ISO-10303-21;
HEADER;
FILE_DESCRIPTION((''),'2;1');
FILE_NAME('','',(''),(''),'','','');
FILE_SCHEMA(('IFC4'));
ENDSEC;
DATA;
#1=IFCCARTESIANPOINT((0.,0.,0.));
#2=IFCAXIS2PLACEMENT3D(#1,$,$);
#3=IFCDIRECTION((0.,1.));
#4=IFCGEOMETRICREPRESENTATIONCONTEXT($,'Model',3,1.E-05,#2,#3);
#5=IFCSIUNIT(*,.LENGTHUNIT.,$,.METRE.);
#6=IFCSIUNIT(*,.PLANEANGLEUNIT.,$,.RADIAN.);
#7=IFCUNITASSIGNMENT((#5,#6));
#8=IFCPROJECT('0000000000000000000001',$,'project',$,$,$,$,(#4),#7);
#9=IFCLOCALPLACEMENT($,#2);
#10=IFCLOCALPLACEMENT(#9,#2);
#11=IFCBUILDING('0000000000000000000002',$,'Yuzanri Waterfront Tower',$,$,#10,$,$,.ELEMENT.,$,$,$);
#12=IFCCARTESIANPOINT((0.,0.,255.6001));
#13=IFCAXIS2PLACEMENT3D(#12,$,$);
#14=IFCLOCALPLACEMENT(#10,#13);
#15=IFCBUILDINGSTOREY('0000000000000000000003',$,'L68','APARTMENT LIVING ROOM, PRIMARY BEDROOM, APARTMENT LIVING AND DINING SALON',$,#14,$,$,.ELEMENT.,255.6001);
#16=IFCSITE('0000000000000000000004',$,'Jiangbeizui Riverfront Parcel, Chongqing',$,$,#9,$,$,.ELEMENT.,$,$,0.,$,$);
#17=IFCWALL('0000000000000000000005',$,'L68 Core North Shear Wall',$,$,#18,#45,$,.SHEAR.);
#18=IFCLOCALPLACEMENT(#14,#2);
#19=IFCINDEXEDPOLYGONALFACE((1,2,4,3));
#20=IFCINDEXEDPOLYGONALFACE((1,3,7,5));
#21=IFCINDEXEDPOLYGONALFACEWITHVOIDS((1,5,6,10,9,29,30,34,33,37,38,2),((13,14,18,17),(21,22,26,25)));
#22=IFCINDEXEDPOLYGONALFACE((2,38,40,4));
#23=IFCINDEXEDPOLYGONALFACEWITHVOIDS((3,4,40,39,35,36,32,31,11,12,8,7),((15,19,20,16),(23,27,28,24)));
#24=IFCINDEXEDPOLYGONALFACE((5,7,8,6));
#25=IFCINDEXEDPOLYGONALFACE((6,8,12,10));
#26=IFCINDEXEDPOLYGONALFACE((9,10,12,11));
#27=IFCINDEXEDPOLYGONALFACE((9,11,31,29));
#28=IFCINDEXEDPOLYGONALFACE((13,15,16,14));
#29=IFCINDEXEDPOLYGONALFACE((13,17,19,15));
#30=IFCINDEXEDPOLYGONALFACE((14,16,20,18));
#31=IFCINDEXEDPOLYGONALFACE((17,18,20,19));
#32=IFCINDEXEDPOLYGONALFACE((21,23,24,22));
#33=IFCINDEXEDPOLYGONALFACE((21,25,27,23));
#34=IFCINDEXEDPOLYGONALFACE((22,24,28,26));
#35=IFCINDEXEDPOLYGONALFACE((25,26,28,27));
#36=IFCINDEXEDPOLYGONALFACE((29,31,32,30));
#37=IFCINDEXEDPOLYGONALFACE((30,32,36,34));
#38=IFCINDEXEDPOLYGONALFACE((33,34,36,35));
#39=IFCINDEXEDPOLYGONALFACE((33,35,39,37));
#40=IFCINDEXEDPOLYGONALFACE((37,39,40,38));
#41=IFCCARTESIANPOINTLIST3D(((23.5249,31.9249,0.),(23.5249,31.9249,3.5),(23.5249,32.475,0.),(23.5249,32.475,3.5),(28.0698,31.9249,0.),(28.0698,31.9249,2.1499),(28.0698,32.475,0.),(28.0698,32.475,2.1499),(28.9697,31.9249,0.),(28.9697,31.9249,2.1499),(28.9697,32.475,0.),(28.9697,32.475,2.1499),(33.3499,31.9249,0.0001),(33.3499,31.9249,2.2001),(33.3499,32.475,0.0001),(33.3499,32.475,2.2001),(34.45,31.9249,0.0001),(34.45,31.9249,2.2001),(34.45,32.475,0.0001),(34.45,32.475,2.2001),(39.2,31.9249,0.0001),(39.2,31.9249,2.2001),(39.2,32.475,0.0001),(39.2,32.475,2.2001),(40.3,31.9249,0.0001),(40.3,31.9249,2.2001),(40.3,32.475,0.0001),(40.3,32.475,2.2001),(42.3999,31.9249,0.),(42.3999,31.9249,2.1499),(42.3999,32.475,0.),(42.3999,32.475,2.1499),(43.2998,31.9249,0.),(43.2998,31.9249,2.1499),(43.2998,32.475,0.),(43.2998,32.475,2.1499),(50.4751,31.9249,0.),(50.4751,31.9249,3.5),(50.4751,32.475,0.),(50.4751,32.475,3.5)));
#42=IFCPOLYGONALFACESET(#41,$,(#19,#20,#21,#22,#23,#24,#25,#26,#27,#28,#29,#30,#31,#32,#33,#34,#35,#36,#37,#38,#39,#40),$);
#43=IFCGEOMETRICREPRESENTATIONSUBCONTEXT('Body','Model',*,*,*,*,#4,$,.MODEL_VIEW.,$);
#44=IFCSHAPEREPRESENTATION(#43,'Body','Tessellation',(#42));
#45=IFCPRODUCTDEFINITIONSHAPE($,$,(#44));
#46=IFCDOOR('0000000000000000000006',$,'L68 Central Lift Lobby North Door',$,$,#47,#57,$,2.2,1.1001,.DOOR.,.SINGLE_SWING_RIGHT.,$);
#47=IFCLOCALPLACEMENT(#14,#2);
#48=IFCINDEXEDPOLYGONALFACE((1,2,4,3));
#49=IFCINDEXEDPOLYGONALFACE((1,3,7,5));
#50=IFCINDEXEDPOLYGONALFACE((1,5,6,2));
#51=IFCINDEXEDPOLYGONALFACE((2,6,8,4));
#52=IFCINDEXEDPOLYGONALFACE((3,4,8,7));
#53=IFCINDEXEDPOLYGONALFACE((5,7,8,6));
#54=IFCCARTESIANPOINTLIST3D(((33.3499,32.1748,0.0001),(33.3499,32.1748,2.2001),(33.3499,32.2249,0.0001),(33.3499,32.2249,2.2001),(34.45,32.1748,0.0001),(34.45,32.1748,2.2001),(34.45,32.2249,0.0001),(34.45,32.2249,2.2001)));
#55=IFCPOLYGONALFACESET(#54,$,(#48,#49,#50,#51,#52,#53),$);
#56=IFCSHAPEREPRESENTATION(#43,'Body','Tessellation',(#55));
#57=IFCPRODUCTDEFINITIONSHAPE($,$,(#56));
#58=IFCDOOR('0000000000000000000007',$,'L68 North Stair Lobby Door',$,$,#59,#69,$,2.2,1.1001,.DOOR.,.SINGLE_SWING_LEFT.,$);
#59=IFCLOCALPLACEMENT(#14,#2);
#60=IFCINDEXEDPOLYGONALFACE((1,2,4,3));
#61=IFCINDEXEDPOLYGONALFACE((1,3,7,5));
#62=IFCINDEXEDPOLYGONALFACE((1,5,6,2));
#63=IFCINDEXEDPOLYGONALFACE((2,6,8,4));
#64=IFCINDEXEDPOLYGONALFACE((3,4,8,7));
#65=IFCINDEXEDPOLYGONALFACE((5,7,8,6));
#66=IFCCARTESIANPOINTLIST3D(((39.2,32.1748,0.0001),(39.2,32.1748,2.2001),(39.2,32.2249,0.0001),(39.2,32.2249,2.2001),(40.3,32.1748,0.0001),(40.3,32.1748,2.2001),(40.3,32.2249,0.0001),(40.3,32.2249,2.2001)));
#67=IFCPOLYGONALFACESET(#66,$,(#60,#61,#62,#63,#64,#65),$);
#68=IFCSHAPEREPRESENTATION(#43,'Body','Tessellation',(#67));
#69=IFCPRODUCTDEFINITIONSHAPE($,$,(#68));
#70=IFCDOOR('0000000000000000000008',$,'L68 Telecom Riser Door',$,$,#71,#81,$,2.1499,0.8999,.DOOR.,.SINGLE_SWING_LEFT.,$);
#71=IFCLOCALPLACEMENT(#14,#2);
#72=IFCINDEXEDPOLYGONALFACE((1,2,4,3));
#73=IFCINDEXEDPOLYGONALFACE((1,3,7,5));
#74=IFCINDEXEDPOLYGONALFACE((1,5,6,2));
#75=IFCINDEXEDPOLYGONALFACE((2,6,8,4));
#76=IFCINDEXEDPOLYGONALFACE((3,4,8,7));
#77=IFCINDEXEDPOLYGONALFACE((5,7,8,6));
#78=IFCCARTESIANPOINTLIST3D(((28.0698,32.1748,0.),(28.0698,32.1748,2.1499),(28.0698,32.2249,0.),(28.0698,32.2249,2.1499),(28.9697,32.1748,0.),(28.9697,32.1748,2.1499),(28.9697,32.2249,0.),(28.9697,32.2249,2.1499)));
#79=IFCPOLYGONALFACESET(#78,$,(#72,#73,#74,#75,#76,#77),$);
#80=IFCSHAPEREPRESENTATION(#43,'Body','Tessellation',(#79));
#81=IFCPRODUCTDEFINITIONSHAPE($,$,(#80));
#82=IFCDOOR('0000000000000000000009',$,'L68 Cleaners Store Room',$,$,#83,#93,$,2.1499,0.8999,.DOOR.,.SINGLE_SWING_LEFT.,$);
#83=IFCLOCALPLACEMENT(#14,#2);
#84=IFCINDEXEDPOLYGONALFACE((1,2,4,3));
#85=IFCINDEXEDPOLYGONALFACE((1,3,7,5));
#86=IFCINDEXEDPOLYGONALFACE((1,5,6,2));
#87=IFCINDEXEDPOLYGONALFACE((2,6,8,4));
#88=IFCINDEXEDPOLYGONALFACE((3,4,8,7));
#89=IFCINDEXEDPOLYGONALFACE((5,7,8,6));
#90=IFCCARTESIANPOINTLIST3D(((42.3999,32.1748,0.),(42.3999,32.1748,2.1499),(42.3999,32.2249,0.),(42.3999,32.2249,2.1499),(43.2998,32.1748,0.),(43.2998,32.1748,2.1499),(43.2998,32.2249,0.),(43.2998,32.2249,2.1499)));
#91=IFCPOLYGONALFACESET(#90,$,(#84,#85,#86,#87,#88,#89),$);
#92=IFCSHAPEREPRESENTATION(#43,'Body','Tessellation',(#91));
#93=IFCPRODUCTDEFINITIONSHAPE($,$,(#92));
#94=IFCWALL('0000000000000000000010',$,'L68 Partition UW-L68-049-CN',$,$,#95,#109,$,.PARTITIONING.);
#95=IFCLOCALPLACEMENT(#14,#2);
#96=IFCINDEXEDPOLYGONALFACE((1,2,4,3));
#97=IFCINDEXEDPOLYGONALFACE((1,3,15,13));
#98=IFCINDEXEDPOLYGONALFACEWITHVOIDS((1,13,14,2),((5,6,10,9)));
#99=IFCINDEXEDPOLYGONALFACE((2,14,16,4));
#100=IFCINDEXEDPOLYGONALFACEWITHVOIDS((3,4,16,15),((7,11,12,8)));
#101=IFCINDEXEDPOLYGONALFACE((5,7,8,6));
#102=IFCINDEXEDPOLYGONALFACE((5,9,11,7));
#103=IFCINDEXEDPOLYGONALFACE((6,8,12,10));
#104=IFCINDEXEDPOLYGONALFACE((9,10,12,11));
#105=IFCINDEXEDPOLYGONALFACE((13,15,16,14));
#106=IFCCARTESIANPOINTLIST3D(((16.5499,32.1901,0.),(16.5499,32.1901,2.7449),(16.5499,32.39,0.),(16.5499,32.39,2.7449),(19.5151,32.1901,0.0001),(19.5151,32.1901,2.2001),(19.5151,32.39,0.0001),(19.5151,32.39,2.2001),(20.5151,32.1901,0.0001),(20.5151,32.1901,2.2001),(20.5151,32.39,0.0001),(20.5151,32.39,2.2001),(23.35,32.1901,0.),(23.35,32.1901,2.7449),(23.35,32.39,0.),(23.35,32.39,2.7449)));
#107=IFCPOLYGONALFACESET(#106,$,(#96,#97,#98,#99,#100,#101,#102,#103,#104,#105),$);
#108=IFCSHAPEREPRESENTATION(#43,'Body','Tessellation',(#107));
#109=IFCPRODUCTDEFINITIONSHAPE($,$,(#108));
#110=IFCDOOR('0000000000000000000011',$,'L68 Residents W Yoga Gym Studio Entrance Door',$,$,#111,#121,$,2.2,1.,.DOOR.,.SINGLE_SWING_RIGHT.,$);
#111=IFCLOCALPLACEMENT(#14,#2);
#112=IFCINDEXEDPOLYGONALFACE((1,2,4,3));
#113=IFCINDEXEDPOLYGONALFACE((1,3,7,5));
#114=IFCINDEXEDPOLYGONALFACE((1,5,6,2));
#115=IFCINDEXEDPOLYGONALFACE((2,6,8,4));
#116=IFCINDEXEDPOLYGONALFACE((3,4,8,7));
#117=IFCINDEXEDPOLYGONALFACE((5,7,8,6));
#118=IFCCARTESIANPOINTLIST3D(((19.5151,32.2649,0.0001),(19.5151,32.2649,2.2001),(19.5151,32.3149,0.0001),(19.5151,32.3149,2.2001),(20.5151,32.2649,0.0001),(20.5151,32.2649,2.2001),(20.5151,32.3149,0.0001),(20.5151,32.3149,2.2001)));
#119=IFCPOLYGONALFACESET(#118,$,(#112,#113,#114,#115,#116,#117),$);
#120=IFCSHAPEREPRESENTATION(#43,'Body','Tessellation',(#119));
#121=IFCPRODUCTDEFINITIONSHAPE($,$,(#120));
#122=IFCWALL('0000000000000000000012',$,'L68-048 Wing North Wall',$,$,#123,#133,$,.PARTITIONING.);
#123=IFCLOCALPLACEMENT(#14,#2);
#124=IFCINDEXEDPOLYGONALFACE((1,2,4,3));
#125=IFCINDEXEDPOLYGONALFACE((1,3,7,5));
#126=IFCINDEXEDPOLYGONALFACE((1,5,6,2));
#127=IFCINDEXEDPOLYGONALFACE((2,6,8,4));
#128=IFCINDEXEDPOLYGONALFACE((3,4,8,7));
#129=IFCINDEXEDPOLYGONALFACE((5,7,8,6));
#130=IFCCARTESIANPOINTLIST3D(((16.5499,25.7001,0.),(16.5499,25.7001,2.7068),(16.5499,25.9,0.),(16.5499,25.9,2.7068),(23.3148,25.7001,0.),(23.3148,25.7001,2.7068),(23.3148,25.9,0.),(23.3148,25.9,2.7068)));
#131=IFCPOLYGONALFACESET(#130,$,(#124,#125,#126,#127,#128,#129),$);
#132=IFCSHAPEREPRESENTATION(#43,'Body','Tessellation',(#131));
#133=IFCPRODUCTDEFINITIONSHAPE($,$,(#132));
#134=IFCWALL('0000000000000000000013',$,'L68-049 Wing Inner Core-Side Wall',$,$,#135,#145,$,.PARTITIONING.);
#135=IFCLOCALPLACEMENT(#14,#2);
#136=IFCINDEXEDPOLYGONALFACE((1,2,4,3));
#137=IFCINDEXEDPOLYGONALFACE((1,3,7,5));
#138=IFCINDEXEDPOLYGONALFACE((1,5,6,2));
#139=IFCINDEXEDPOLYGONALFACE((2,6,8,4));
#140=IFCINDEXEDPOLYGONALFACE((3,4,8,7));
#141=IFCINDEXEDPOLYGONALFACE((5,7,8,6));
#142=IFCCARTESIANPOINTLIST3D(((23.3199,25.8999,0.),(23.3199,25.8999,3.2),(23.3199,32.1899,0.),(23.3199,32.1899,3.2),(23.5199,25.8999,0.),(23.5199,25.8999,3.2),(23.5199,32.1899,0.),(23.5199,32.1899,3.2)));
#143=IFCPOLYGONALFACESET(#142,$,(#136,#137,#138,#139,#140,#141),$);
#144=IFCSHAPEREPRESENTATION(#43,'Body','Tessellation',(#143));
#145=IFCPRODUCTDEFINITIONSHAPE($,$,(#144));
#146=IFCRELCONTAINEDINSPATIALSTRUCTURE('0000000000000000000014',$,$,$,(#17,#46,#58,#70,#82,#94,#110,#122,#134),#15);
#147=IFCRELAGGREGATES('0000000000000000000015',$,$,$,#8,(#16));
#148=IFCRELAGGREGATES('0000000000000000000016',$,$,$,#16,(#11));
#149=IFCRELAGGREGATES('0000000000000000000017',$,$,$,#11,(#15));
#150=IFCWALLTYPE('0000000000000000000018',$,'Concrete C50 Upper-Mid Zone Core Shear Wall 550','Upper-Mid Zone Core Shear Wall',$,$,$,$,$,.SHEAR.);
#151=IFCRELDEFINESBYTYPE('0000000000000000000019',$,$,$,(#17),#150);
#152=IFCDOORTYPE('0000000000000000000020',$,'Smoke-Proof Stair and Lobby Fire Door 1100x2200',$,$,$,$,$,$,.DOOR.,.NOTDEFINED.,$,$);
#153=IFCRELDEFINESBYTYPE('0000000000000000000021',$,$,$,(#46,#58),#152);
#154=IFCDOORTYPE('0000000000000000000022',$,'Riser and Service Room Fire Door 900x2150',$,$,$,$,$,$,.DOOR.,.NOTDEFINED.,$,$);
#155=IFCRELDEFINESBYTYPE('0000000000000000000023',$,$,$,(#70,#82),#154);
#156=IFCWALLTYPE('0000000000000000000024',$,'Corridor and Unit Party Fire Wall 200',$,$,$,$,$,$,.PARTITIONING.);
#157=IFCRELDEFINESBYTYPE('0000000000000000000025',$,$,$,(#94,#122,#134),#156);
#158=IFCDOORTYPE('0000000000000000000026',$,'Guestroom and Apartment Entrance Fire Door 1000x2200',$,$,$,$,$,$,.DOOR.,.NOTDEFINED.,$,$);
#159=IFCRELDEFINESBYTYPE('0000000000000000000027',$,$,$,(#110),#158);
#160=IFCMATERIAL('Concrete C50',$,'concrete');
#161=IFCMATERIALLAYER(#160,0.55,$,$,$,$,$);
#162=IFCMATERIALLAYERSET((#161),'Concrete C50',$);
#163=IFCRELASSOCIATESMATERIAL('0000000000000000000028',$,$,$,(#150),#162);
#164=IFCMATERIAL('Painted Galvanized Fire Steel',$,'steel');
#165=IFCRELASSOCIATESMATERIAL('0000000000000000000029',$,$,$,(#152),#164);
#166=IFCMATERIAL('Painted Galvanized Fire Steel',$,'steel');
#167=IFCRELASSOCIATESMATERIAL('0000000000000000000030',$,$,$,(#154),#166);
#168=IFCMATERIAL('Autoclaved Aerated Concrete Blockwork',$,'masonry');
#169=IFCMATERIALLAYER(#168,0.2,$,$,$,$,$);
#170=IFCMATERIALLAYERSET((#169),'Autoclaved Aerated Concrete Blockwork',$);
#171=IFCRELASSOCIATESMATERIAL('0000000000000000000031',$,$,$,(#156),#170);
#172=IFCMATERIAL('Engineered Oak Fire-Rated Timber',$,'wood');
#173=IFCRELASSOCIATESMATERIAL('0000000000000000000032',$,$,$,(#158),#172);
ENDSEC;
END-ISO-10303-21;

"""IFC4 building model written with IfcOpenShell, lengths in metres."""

from ifc_helpers import new_model, si_unit, direction, frame, frame_2d, origin, place, context, subcontext, project, spatial, rectangle, extrude, source, transform, mapped, material, layer, layer_set, type_object, element, fill, save


model = new_model("IFC4")

# Units and contexts
model_context = context("Model", 3, precision=1e-05, world=origin(), true_north=direction((0.0, 1.0)))
body_context = subcontext(model_context, "Body", "Model", "MODEL_VIEW")
ifc_project = project(units=[si_unit("LENGTHUNIT", "METRE"), si_unit("PLANEANGLEUNIT", "RADIAN")], contexts=[model_context])

# Site, building, storey
site_placement = place(None, origin())
site = spatial("IfcSite", under=ifc_project, at=site_placement, Name="Jiangbeizui Riverfront Parcel, Chongqing", CompositionType="ELEMENT", RefElevation=0.0)
building_placement = place(site_placement, origin())
building = spatial("IfcBuilding", under=site, at=building_placement, Name="Yuzanri Waterfront Tower", CompositionType="ELEMENT")
storey_placement = place(building_placement, frame((0.0, 0.0, 255.6001)))
storey = spatial("IfcBuildingStorey", under=building, at=storey_placement, Name="L68", Description="APARTMENT LIVING ROOM, PRIMARY BEDROOM, APARTMENT LIVING AND DINING SALON", CompositionType="ELEMENT", Elevation=255.6001)

# Wall, openings, doors
ifc_material_1 = material(Name="Concrete C50", Category="concrete")
ifc_layer_1 = layer(ifc_material_1, 0.55)
ifc_layer_set_1 = layer_set([ifc_layer_1], Name="Concrete C50")
wall_type_1 = type_object("IfcWallType", Name="Concrete C50 Upper-Mid Zone Core Shear Wall 550", Description="Upper-Mid Zone Core Shear Wall", PredefinedType="SHEAR", material=ifc_layer_set_1)
wall_1_placement = place(storey_placement, frame((23.5249, 32.2, 0.0), z_axis=(0.0, 0.0, 1.0), x_axis=(1.0, 0.0, 0.0)))
wall_1 = element("IfcWall", 1, at=wall_1_placement, inside=storey, type_object=wall_type_1, Name="L68 Core North Shear Wall", PredefinedType="SHEAR", context=body_context, shape_type="SweptSolid", body=[
    extrude(rectangle(XDim=26.9502, YDim=0.55, at=frame_2d((13.4751, 0.0))), origin(), (0.0, 0.0, 1.0), 3.5),
])
opening_1_placement = place(wall_1_placement, frame((4.5449, 0.0, 0.0)))
opening_1 = element("IfcOpeningElement", 2, at=opening_1_placement, cuts=wall_1, PredefinedType="OPENING", context=body_context, shape_type="SweptSolid", body=[
    extrude(rectangle(XDim=0.8999, YDim=2.1499, at=frame_2d((0.45, 1.075))), frame((0.0, 0.29, 0.0), z_axis=(0.0, -1.0, 0.0), x_axis=(1.0, 0.0, 0.0)), (0.0, 0.0, 1.0), 0.5798),
])
opening_2_placement = place(wall_1_placement, frame((9.825, 0.0, 0.0)))
opening_2 = element("IfcOpeningElement", 3, at=opening_2_placement, cuts=wall_1, PredefinedType="OPENING", context=body_context, shape_type="SweptSolid", body=[
    extrude(rectangle(XDim=1.1001, YDim=2.2, at=frame_2d((0.55, 1.1001))), frame((0.0, 0.29, 0.0), z_axis=(0.0, -1.0, 0.0), x_axis=(1.0, 0.0, 0.0)), (0.0, 0.0, 1.0), 0.5798),
])
opening_3_placement = place(wall_1_placement, frame((15.675, 0.0, 0.0)))
opening_3 = element("IfcOpeningElement", 4, at=opening_3_placement, cuts=wall_1, PredefinedType="OPENING", context=body_context, shape_type="SweptSolid", body=[
    extrude(rectangle(XDim=1.1001, YDim=2.2, at=frame_2d((0.55, 1.1001))), frame((0.0, 0.29, 0.0), z_axis=(0.0, -1.0, 0.0), x_axis=(1.0, 0.0, 0.0)), (0.0, 0.0, 1.0), 0.5798),
])
opening_4_placement = place(wall_1_placement, frame((18.875, 0.0, 0.0)))
opening_4 = element("IfcOpeningElement", 5, at=opening_4_placement, cuts=wall_1, PredefinedType="OPENING", context=body_context, shape_type="SweptSolid", body=[
    extrude(rectangle(XDim=0.8999, YDim=2.1499, at=frame_2d((0.45, 1.075))), frame((0.0, 0.29, 0.0), z_axis=(0.0, -1.0, 0.0), x_axis=(1.0, 0.0, 0.0)), (0.0, 0.0, 1.0), 0.5798),
])
ifc_material_2 = material(Name="Painted Galvanized Fire Steel", Category="steel")
door_type_1 = type_object("IfcDoorType", Name="Smoke-Proof Stair and Lobby Fire Door 1100x2200", OperationType="NOTDEFINED", PredefinedType="DOOR", material=ifc_material_2)
shared_shape_1 = source(origin(), body_context, "Body", "SweptSolid", [
    extrude(rectangle(XDim=1.1001, YDim=2.2, at=frame_2d((0.55, 1.1001))), frame((0.0, 0.0249, 0.0), z_axis=(0.0, -1.0, 0.0), x_axis=(1.0, 0.0, 0.0)), (0.0, 0.0, 1.0), 0.05),
])
door_1_placement = place(opening_2_placement, origin())
door_1 = element("IfcDoor", 6, at=door_1_placement, inside=storey, type_object=door_type_1, Name="L68 Central Lift Lobby North Door", OperationType="SINGLE_SWING_RIGHT", OverallHeight=2.2, OverallWidth=1.1001, PredefinedType="DOOR", context=body_context, shape_type="MappedRepresentation", body=[
    mapped(shared_shape_1, transform((0.0, 0.0, 0.0), scale=1.0)),
])
fill(opening_2, door_1)
door_2_placement = place(opening_3_placement, origin())
door_2 = element("IfcDoor", 7, at=door_2_placement, inside=storey, type_object=door_type_1, Name="L68 North Stair Lobby Door", OperationType="SINGLE_SWING_LEFT", OverallHeight=2.2, OverallWidth=1.1001, PredefinedType="DOOR", context=body_context, shape_type="MappedRepresentation", body=[
    mapped(shared_shape_1, transform((0.0, 0.0, 0.0), scale=1.0)),
])
fill(opening_3, door_2)
ifc_material_3 = material(Name="Painted Galvanized Fire Steel", Category="steel")
door_type_2 = type_object("IfcDoorType", Name="Riser and Service Room Fire Door 900x2150", OperationType="NOTDEFINED", PredefinedType="DOOR", material=ifc_material_3)
shared_shape_2 = source(origin(), body_context, "Body", "SweptSolid", [
    extrude(rectangle(XDim=0.8999, YDim=2.1499, at=frame_2d((0.45, 1.075))), frame((0.0, 0.0249, 0.0), z_axis=(0.0, -1.0, 0.0), x_axis=(1.0, 0.0, 0.0)), (0.0, 0.0, 1.0), 0.05),
])
door_3_placement = place(opening_1_placement, origin())
door_3 = element("IfcDoor", 8, at=door_3_placement, inside=storey, type_object=door_type_2, Name="L68 Telecom Riser Door", OperationType="SINGLE_SWING_LEFT", OverallHeight=2.1499, OverallWidth=0.8999, PredefinedType="DOOR", context=body_context, shape_type="MappedRepresentation", body=[
    mapped(shared_shape_2, transform((0.0, 0.0, 0.0), scale=1.0)),
])
fill(opening_1, door_3)
door_4_placement = place(opening_4_placement, origin())
door_4 = element("IfcDoor", 9, at=door_4_placement, inside=storey, type_object=door_type_2, Name="L68 Cleaners Store Room", OperationType="SINGLE_SWING_LEFT", OverallHeight=2.1499, OverallWidth=0.8999, PredefinedType="DOOR", context=body_context, shape_type="MappedRepresentation", body=[
    mapped(shared_shape_2, transform((0.0, 0.0, 0.0), scale=1.0)),
])
fill(opening_4, door_4)

# Wall, opening, door
ifc_material_4 = material(Name="Autoclaved Aerated Concrete Blockwork", Category="masonry")
ifc_layer_2 = layer(ifc_material_4, 0.2)
ifc_layer_set_2 = layer_set([ifc_layer_2], Name="Autoclaved Aerated Concrete Blockwork")
wall_type_2 = type_object("IfcWallType", Name="Corridor and Unit Party Fire Wall 200", PredefinedType="PARTITIONING", material=ifc_layer_set_2)
wall_2_placement = place(storey_placement, frame((16.55, 32.29, 0.0), z_axis=(0.0, 0.0, 1.0), x_axis=(1.0, 0.0, 0.0)))
wall_2 = element("IfcWall", 10, at=wall_2_placement, inside=storey, type_object=wall_type_2, Name="L68 Partition UW-L68-049-CN", PredefinedType="PARTITIONING", context=body_context, shape_type="SweptSolid", body=[
    extrude(rectangle(XDim=6.8, YDim=0.2, at=frame_2d((3.3999, 0.0))), origin(), (0.0, 0.0, 1.0), 2.7449),
])
opening_5_placement = place(wall_2_placement, frame((2.9651, 0.0, 0.0)))
opening_5 = element("IfcOpeningElement", 11, at=opening_5_placement, cuts=wall_2, PredefinedType="OPENING", context=body_context, shape_type="SweptSolid", body=[
    extrude(rectangle(XDim=1.0, YDim=2.2, at=frame_2d((0.5, 1.1001))), frame((0.0, 0.1147, 0.0), z_axis=(0.0, -1.0, 0.0), x_axis=(1.0, 0.0, 0.0)), (0.0, 0.0, 1.0), 0.2297),
])
ifc_material_5 = material(Name="Engineered Oak Fire-Rated Timber", Category="wood")
door_type_3 = type_object("IfcDoorType", Name="Guestroom and Apartment Entrance Fire Door 1000x2200", OperationType="NOTDEFINED", PredefinedType="DOOR", material=ifc_material_5)
shared_shape_3 = source(origin(), body_context, "Body", "SweptSolid", [
    extrude(rectangle(XDim=1.0, YDim=2.2, at=frame_2d((0.5, 1.1001))), frame((0.0, 0.0249, 0.0), z_axis=(0.0, -1.0, 0.0), x_axis=(1.0, 0.0, 0.0)), (0.0, 0.0, 1.0), 0.05),
])
door_5_placement = place(opening_5_placement, origin())
door_5 = element("IfcDoor", 12, at=door_5_placement, inside=storey, type_object=door_type_3, Name="L68 Residents W Yoga Gym Studio Entrance Door", OperationType="SINGLE_SWING_RIGHT", OverallHeight=2.2, OverallWidth=1.0, PredefinedType="DOOR", context=body_context, shape_type="MappedRepresentation", body=[
    mapped(shared_shape_3, transform((0.0, 0.0, 0.0), scale=1.0)),
])
fill(opening_5, door_5)

# Walls
shared_shape_4 = source(origin(), body_context, "Body", "SweptSolid", [
    extrude(rectangle(XDim=6.7649, YDim=0.2, at=frame_2d((3.3823, 0.0))), origin(), (0.0, 0.0, 1.0), 2.7068),
])
wall_3_placement = place(storey_placement, frame((16.55, 25.8, 0.0), z_axis=(0.0, 0.0, 1.0), x_axis=(1.0, 0.0, 0.0)))
element("IfcWall", 13, at=wall_3_placement, inside=storey, type_object=wall_type_2, Name="L68-048 Wing North Wall", PredefinedType="PARTITIONING", context=body_context, shape_type="MappedRepresentation", body=[
    mapped(shared_shape_4, transform((0.0, 0.0, 0.0), scale=1.0)),
])
shared_shape_5 = source(origin(), body_context, "Body", "SweptSolid", [
    extrude(rectangle(XDim=6.29, YDim=0.2, at=frame_2d((3.145, 0.0))), origin(), (0.0, 0.0, 1.0), 3.2),
])
wall_4_placement = place(storey_placement, frame((23.4199, 25.8999, 0.0), z_axis=(0.0, 0.0, 1.0), x_axis=(0.0, 1.0, 0.0)))
element("IfcWall", 14, at=wall_4_placement, inside=storey, type_object=wall_type_2, Name="L68-049 Wing Inner Core-Side Wall", PredefinedType="PARTITIONING", context=body_context, shape_type="MappedRepresentation", body=[
    mapped(shared_shape_5, transform((0.0, 0.0, 0.0), scale=1.0)),
])

save(model, "model.ifc")
